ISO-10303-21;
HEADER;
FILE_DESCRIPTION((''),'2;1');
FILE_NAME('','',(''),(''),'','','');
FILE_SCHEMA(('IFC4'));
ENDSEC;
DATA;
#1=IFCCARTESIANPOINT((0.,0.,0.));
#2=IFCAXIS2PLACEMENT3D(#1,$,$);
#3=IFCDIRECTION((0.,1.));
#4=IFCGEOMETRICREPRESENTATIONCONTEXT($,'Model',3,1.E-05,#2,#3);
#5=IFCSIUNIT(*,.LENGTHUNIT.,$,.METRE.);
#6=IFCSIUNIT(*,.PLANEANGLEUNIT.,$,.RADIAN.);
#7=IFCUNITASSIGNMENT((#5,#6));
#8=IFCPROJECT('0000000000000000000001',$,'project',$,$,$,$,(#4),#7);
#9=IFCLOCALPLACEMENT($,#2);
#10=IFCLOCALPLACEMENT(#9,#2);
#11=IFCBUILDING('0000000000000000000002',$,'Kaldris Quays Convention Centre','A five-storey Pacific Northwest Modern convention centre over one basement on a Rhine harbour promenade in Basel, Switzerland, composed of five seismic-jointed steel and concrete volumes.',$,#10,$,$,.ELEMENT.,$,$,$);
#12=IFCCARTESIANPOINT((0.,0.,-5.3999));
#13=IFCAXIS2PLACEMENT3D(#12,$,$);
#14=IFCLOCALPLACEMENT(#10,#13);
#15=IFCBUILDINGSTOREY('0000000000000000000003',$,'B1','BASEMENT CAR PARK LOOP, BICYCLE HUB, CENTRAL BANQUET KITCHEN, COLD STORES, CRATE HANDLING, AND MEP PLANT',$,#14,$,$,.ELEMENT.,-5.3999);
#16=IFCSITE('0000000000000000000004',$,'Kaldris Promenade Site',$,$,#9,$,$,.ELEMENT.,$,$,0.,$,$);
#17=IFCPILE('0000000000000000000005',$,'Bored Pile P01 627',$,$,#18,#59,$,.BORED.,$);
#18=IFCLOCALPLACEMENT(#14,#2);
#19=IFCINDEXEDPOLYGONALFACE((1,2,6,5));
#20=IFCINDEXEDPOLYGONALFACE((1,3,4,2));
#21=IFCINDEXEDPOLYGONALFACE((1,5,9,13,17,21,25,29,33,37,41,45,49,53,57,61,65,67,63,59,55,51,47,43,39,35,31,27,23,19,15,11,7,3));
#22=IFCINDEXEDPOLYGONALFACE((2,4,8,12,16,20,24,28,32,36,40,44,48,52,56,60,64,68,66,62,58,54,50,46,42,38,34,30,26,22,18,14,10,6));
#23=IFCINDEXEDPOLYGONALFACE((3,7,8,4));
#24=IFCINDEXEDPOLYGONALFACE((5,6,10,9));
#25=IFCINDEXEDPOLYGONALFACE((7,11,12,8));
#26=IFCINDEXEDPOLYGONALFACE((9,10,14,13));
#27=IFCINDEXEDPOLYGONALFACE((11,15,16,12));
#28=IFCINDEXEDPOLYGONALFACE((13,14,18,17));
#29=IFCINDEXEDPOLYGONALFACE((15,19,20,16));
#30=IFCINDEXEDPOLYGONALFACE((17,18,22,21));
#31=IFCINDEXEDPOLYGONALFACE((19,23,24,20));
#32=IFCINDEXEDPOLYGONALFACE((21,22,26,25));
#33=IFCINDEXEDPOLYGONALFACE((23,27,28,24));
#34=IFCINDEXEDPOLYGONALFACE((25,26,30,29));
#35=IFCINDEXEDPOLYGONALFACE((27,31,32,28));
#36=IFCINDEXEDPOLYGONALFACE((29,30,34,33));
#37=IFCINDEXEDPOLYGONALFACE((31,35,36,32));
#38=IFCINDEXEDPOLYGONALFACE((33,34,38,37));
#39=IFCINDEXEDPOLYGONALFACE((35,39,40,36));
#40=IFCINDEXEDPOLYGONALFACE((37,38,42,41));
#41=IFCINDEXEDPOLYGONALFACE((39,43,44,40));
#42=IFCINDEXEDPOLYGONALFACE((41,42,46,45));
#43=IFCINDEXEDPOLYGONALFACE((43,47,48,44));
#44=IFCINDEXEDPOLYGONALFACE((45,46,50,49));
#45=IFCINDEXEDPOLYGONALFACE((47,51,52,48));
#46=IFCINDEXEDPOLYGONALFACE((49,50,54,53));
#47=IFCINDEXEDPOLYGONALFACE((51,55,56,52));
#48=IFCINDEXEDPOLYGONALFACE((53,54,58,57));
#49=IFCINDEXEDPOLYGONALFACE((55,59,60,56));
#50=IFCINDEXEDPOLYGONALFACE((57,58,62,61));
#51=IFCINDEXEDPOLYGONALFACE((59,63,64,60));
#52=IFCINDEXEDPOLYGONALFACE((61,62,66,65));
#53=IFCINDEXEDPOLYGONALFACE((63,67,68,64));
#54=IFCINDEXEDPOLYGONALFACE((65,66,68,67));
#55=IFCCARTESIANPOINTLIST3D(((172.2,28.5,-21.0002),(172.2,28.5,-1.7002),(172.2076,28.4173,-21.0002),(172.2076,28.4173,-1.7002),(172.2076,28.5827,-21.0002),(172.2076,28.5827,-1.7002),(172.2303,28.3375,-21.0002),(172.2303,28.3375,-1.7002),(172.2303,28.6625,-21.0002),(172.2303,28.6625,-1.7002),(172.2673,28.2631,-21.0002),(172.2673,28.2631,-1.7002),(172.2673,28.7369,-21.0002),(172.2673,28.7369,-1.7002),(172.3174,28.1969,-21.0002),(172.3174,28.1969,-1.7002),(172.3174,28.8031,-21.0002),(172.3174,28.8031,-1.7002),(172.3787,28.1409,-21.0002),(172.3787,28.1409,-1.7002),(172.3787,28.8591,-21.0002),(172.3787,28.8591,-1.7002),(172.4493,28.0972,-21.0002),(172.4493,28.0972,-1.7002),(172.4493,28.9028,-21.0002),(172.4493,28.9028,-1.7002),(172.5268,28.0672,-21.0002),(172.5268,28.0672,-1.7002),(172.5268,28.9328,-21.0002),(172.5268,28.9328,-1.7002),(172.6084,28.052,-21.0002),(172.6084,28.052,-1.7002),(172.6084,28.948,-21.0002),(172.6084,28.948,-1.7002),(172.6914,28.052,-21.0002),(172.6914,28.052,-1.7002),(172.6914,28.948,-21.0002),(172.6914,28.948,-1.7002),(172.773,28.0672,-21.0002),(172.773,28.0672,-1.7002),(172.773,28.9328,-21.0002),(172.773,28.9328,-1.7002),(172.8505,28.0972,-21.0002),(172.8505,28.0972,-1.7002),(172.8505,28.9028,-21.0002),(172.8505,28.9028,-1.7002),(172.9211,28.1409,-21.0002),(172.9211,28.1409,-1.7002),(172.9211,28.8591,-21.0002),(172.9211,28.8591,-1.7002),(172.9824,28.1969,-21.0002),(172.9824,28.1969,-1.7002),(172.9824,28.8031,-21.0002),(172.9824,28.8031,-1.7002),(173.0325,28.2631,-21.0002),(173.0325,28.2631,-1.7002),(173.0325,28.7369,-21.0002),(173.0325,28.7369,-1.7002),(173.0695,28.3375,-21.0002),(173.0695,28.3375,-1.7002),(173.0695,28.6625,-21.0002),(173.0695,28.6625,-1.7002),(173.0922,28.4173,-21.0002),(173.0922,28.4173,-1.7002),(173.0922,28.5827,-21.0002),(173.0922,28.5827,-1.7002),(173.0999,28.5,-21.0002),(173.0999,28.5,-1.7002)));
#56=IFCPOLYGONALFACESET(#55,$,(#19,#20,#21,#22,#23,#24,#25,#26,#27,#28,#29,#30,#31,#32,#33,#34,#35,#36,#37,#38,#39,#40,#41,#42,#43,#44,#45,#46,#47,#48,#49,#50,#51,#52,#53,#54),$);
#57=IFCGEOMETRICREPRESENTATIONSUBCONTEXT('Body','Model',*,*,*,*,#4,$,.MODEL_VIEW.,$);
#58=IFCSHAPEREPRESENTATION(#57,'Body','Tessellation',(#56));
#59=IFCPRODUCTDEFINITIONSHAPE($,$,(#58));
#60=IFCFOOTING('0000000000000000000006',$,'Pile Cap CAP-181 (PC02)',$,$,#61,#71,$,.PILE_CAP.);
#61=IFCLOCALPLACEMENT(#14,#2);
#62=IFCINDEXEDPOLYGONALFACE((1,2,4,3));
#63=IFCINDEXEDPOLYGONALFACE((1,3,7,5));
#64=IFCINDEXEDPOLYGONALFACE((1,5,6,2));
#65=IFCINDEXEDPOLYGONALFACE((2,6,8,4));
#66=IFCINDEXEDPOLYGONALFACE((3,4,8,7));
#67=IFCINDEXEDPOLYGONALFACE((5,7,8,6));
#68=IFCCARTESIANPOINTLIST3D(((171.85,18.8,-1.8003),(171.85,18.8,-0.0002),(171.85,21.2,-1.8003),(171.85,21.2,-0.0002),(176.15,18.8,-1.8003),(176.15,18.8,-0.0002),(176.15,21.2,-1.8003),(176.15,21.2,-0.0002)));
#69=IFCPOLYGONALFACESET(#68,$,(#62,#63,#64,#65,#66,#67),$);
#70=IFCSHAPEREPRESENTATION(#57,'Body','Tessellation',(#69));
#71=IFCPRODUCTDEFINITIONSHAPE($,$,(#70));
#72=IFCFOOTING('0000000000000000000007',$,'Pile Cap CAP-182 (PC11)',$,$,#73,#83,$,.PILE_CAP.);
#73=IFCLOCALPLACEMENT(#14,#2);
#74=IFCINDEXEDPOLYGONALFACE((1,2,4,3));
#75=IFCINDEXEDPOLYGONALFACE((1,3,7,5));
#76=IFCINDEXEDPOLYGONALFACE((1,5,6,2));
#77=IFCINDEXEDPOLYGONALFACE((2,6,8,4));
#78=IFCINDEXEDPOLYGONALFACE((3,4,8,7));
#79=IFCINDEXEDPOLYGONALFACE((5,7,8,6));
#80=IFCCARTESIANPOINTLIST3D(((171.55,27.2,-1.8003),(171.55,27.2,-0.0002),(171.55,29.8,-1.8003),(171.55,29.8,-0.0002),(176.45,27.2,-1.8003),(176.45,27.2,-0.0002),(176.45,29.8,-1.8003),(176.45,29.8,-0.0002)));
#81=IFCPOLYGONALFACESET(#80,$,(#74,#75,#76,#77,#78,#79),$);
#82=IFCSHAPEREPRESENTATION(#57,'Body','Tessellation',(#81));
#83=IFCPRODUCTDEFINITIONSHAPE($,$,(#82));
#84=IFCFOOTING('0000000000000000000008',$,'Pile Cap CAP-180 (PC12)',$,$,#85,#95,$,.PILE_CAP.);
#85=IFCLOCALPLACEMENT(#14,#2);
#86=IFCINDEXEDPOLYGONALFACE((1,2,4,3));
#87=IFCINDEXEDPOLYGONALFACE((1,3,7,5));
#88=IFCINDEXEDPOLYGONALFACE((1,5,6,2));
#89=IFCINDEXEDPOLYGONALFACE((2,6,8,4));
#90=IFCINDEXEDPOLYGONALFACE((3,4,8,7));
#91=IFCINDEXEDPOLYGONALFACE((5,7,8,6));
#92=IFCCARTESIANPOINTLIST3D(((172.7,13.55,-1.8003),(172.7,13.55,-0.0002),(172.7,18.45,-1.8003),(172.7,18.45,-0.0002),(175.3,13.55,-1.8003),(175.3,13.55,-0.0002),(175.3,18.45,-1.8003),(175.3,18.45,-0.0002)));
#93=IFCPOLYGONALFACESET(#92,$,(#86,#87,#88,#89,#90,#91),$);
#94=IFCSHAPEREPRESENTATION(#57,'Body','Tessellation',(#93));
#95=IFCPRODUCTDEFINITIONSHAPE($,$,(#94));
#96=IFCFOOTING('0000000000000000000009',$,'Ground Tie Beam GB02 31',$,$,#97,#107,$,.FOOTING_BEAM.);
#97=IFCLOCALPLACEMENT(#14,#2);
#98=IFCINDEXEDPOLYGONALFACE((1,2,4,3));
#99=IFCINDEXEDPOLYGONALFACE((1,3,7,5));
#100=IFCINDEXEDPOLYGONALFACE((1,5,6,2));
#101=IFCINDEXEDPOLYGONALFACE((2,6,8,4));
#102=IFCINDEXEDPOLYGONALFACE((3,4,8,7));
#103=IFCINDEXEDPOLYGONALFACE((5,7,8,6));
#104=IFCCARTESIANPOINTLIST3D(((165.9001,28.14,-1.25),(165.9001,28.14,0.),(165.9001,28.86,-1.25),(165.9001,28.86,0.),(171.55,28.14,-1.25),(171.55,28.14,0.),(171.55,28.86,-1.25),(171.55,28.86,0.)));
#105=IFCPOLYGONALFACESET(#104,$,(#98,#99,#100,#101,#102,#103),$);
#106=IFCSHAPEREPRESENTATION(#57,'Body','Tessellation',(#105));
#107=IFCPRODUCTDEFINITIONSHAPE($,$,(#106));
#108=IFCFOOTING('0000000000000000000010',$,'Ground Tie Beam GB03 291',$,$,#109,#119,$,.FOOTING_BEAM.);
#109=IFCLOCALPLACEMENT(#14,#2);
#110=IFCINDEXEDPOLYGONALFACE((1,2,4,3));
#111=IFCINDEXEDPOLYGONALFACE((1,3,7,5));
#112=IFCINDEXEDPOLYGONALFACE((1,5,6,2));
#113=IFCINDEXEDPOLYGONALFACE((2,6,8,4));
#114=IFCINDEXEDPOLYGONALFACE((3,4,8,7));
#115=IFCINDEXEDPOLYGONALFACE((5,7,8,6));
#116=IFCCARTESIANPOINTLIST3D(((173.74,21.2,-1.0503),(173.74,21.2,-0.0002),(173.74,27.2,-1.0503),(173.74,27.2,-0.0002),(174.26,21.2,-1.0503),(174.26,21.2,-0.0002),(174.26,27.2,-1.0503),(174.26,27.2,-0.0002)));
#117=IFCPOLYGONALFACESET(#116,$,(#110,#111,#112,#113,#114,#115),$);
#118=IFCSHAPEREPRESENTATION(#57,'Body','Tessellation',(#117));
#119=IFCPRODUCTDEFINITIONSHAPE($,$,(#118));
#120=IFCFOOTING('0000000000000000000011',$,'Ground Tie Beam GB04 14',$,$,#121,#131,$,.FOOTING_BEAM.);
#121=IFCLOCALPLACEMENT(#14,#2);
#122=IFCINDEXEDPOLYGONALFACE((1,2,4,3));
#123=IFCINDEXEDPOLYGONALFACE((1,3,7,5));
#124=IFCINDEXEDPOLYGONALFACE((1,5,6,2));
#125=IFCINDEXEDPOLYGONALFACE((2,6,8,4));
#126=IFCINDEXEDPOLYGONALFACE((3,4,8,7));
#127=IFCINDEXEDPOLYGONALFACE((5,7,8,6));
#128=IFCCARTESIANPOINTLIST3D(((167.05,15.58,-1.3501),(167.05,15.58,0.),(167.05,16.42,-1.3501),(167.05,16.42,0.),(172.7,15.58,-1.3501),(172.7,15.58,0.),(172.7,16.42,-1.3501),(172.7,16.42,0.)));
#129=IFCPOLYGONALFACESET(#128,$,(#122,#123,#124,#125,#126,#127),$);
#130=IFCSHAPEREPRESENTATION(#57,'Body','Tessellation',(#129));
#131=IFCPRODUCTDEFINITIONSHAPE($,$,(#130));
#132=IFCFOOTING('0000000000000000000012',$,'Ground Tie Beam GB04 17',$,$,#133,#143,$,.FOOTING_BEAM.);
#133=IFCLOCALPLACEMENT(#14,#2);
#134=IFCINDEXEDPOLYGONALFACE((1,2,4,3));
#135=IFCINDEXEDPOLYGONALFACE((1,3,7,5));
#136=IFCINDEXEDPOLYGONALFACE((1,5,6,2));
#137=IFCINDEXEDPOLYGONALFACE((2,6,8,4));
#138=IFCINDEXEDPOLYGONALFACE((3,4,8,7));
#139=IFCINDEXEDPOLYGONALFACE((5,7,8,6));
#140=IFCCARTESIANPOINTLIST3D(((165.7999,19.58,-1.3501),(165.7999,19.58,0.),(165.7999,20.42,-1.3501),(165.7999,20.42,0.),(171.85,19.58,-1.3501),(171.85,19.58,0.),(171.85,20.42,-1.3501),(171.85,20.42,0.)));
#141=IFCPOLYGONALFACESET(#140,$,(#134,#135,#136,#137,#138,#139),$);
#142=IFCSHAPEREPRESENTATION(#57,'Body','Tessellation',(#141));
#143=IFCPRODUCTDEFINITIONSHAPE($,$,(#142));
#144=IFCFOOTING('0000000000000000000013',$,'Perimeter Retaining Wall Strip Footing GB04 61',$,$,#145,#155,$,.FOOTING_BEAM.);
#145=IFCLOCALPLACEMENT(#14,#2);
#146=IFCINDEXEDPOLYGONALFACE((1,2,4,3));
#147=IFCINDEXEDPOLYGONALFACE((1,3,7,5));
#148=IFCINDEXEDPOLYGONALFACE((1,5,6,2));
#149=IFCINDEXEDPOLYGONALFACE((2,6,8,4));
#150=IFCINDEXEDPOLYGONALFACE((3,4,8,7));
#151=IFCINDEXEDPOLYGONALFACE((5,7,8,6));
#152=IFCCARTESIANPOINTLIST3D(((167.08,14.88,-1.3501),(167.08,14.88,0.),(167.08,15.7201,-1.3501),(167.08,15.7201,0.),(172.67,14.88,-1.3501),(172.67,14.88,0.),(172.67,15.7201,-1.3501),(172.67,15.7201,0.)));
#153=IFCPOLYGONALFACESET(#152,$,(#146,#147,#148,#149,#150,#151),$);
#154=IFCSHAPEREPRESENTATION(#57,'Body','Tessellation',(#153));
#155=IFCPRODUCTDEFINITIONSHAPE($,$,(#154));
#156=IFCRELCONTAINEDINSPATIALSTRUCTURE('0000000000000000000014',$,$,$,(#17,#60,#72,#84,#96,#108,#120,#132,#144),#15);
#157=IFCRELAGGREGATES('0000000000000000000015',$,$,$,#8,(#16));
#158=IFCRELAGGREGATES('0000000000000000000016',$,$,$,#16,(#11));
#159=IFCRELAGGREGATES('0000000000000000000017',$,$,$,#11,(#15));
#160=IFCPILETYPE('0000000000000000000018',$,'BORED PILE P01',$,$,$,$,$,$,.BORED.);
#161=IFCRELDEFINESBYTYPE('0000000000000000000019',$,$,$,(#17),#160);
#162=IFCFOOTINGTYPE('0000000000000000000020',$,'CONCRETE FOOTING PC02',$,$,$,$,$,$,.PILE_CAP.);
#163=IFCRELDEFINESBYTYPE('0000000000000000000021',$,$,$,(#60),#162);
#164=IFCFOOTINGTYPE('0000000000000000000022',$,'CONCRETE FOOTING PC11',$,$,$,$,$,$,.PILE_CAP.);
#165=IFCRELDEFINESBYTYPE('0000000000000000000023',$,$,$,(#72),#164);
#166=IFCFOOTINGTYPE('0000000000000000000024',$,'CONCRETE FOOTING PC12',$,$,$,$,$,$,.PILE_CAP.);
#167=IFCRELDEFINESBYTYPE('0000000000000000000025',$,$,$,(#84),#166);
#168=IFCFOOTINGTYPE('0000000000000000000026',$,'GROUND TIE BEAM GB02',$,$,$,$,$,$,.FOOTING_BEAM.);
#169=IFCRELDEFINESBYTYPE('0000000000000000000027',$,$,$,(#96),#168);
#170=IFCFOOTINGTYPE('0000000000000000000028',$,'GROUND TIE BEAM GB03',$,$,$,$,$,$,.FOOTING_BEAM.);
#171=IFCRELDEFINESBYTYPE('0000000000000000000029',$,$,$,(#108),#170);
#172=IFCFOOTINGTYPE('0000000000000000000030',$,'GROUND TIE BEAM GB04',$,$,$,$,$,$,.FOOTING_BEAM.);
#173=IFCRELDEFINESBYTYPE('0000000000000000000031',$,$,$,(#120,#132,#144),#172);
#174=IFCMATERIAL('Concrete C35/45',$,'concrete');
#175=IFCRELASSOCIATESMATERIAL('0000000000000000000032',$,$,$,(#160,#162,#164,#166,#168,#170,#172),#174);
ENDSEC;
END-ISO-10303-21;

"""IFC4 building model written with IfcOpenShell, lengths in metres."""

from ifc_helpers import new_model, si_unit, direction, frame, origin, origin_2d, place, context, subcontext, project, spatial, rectangle, circle, extrude, material, material_profile, profile_set, type_object, element, save


model = new_model("IFC4")

# Units and contexts
model_context = context("Model", 3, precision=1e-05, world=origin(), true_north=direction((0.0, 1.0)))
body_context = subcontext(model_context, "Body", "Model", "MODEL_VIEW")
ifc_project = project(units=[si_unit("LENGTHUNIT", "METRE"), si_unit("PLANEANGLEUNIT", "RADIAN")], contexts=[model_context])

# Site, building, storey
site_placement = place(None, origin())
site = spatial("IfcSite", under=ifc_project, at=site_placement, Name="Kaldris Promenade Site", CompositionType="ELEMENT", RefElevation=0.0)
building_placement = place(site_placement, origin())
building = spatial("IfcBuilding", under=site, at=building_placement, Name="Kaldris Quays Convention Centre", Description="A five-storey Pacific Northwest Modern convention centre over one basement on a Rhine harbour promenade in Basel, Switzerland, composed of five seismic-jointed steel and concrete volumes.", CompositionType="ELEMENT")
storey_placement = place(building_placement, frame((0.0, 0.0, -5.3999)))
storey = spatial("IfcBuildingStorey", under=building, at=storey_placement, Name="B1", Description="BASEMENT CAR PARK LOOP, BICYCLE HUB, CENTRAL BANQUET KITCHEN, COLD STORES, CRATE HANDLING, AND MEP PLANT", CompositionType="ELEMENT", Elevation=-5.3999)

# Pile
ifc_material_1 = material(Name="Concrete C35/45", Category="concrete")
ifc_material_profile_1 = material_profile(ifc_material_1, circle(Radius=0.45, at=origin_2d()), Name="BORED PILE D900")
ifc_profile_set_1 = profile_set([ifc_material_profile_1], Name="Concrete C35/45")
pile_type = type_object("IfcPileType", Name="BORED PILE P01", PredefinedType="BORED", material=ifc_profile_set_1)
for number, where, z_axis, x_axis, name in (
    (1, (172.6499, 28.5, -1.7002), (0.0, 0.0, -1.0), (1.0, 0.0, 0.0), "Bored Pile P01 627"),
):
    element("IfcPile", number, at=place(storey_placement, frame(where, z_axis=z_axis, x_axis=x_axis)), inside=storey, type_object=pile_type, Name=name, PredefinedType="BORED", context=body_context, shape_type="SweptSolid", body=[
        extrude(circle(Radius=0.45, at=origin_2d()), origin(), (0.0, 0.0, 1.0), 19.3),
    ])

# Footings
footing_type_1 = type_object("IfcFootingType", Name="CONCRETE FOOTING PC02", PredefinedType="PILE_CAP", material=ifc_material_1)
footing_1_placement = place(storey_placement, frame((174.0, 20.0, -1.8003), z_axis=(0.0, 0.0, 1.0), x_axis=(1.0, 0.0, 0.0)))
element("IfcFooting", 2, at=footing_1_placement, inside=storey, type_object=footing_type_1, Name="Pile Cap CAP-181 (PC02)", PredefinedType="PILE_CAP", context=body_context, shape_type="SweptSolid", body=[
    extrude(rectangle(XDim=4.3, YDim=2.3999, at=origin_2d()), origin(), (0.0, 0.0, 1.0), 1.8),
])
footing_type_2 = type_object("IfcFootingType", Name="CONCRETE FOOTING PC11", PredefinedType="PILE_CAP", material=ifc_material_1)
footing_2_placement = place(storey_placement, frame((174.0, 28.5, -1.8003), z_axis=(0.0, 0.0, 1.0), x_axis=(1.0, 0.0, 0.0)))
element("IfcFooting", 3, at=footing_2_placement, inside=storey, type_object=footing_type_2, Name="Pile Cap CAP-182 (PC11)", PredefinedType="PILE_CAP", context=body_context, shape_type="SweptSolid", body=[
    extrude(rectangle(XDim=4.8999, YDim=2.6001, at=origin_2d()), origin(), (0.0, 0.0, 1.0), 1.8),
])
footing_type_3 = type_object("IfcFootingType", Name="CONCRETE FOOTING PC12", PredefinedType="PILE_CAP", material=ifc_material_1)
footing_3_placement = place(storey_placement, frame((174.0, 16.0, -1.8003), z_axis=(0.0, 0.0, 1.0), x_axis=(1.0, 0.0, 0.0)))
element("IfcFooting", 4, at=footing_3_placement, inside=storey, type_object=footing_type_3, Name="Pile Cap CAP-180 (PC12)", PredefinedType="PILE_CAP", context=body_context, shape_type="SweptSolid", body=[
    extrude(rectangle(XDim=2.6001, YDim=4.8999, at=origin_2d()), origin(), (0.0, 0.0, 1.0), 1.8),
])
footing_type_4 = type_object("IfcFootingType", Name="GROUND TIE BEAM GB02", PredefinedType="FOOTING_BEAM", material=ifc_material_1)
footing_4_placement = place(storey_placement, frame((168.7251, 28.5, -1.25), z_axis=(0.0, 0.0, 1.0), x_axis=(1.0, 0.0, 0.0)))
element("IfcFooting", 5, at=footing_4_placement, inside=storey, type_object=footing_type_4, Name="Ground Tie Beam GB02 31", PredefinedType="FOOTING_BEAM", context=body_context, shape_type="SweptSolid", body=[
    extrude(rectangle(XDim=5.6499, YDim=0.72, at=origin_2d()), origin(), (0.0, 0.0, 1.0), 1.25),
])
footing_type_5 = type_object("IfcFootingType", Name="GROUND TIE BEAM GB03", PredefinedType="FOOTING_BEAM", material=ifc_material_1)
footing_5_placement = place(storey_placement, frame((174.0, 24.2, -1.0503), z_axis=(0.0, 0.0, 1.0), x_axis=(1.0, 0.0, 0.0)))
element("IfcFooting", 6, at=footing_5_placement, inside=storey, type_object=footing_type_5, Name="Ground Tie Beam GB03 291", PredefinedType="FOOTING_BEAM", context=body_context, shape_type="SweptSolid", body=[
    extrude(rectangle(XDim=0.52, YDim=6.0, at=origin_2d()), origin(), (0.0, 0.0, 1.0), 1.05),
])
footing_type_6 = type_object("IfcFootingType", Name="GROUND TIE BEAM GB04", PredefinedType="FOOTING_BEAM", material=ifc_material_1)
footing_6_placement = place(storey_placement, frame((169.875, 16.0, -1.3501), z_axis=(0.0, 0.0, 1.0), x_axis=(1.0, 0.0, 0.0)))
element("IfcFooting", 7, at=footing_6_placement, inside=storey, type_object=footing_type_6, Name="Ground Tie Beam GB04 14", PredefinedType="FOOTING_BEAM", context=body_context, shape_type="SweptSolid", body=[
    extrude(rectangle(XDim=5.6499, YDim=0.8401, at=origin_2d()), origin(), (0.0, 0.0, 1.0), 1.3501),
])
footing_7_placement = place(storey_placement, frame((168.825, 20.0, -1.3501), z_axis=(0.0, 0.0, 1.0), x_axis=(1.0, 0.0, 0.0)))
element("IfcFooting", 8, at=footing_7_placement, inside=storey, type_object=footing_type_6, Name="Ground Tie Beam GB04 17", PredefinedType="FOOTING_BEAM", context=body_context, shape_type="SweptSolid", body=[
    extrude(rectangle(XDim=6.05, YDim=0.8401, at=origin_2d()), origin(), (0.0, 0.0, 1.0), 1.3501),
])
footing_8_placement = place(storey_placement, frame((169.875, 15.3, -1.3501), z_axis=(0.0, 0.0, 1.0), x_axis=(1.0, 0.0, 0.0)))
element("IfcFooting", 9, at=footing_8_placement, inside=storey, type_object=footing_type_6, Name="Perimeter Retaining Wall Strip Footing GB04 61", PredefinedType="FOOTING_BEAM", context=body_context, shape_type="SweptSolid", body=[
    extrude(rectangle(XDim=5.5901, YDim=0.8401, at=origin_2d()), origin(), (0.0, 0.0, 1.0), 1.3501),
])

save(model, "model.ifc")
